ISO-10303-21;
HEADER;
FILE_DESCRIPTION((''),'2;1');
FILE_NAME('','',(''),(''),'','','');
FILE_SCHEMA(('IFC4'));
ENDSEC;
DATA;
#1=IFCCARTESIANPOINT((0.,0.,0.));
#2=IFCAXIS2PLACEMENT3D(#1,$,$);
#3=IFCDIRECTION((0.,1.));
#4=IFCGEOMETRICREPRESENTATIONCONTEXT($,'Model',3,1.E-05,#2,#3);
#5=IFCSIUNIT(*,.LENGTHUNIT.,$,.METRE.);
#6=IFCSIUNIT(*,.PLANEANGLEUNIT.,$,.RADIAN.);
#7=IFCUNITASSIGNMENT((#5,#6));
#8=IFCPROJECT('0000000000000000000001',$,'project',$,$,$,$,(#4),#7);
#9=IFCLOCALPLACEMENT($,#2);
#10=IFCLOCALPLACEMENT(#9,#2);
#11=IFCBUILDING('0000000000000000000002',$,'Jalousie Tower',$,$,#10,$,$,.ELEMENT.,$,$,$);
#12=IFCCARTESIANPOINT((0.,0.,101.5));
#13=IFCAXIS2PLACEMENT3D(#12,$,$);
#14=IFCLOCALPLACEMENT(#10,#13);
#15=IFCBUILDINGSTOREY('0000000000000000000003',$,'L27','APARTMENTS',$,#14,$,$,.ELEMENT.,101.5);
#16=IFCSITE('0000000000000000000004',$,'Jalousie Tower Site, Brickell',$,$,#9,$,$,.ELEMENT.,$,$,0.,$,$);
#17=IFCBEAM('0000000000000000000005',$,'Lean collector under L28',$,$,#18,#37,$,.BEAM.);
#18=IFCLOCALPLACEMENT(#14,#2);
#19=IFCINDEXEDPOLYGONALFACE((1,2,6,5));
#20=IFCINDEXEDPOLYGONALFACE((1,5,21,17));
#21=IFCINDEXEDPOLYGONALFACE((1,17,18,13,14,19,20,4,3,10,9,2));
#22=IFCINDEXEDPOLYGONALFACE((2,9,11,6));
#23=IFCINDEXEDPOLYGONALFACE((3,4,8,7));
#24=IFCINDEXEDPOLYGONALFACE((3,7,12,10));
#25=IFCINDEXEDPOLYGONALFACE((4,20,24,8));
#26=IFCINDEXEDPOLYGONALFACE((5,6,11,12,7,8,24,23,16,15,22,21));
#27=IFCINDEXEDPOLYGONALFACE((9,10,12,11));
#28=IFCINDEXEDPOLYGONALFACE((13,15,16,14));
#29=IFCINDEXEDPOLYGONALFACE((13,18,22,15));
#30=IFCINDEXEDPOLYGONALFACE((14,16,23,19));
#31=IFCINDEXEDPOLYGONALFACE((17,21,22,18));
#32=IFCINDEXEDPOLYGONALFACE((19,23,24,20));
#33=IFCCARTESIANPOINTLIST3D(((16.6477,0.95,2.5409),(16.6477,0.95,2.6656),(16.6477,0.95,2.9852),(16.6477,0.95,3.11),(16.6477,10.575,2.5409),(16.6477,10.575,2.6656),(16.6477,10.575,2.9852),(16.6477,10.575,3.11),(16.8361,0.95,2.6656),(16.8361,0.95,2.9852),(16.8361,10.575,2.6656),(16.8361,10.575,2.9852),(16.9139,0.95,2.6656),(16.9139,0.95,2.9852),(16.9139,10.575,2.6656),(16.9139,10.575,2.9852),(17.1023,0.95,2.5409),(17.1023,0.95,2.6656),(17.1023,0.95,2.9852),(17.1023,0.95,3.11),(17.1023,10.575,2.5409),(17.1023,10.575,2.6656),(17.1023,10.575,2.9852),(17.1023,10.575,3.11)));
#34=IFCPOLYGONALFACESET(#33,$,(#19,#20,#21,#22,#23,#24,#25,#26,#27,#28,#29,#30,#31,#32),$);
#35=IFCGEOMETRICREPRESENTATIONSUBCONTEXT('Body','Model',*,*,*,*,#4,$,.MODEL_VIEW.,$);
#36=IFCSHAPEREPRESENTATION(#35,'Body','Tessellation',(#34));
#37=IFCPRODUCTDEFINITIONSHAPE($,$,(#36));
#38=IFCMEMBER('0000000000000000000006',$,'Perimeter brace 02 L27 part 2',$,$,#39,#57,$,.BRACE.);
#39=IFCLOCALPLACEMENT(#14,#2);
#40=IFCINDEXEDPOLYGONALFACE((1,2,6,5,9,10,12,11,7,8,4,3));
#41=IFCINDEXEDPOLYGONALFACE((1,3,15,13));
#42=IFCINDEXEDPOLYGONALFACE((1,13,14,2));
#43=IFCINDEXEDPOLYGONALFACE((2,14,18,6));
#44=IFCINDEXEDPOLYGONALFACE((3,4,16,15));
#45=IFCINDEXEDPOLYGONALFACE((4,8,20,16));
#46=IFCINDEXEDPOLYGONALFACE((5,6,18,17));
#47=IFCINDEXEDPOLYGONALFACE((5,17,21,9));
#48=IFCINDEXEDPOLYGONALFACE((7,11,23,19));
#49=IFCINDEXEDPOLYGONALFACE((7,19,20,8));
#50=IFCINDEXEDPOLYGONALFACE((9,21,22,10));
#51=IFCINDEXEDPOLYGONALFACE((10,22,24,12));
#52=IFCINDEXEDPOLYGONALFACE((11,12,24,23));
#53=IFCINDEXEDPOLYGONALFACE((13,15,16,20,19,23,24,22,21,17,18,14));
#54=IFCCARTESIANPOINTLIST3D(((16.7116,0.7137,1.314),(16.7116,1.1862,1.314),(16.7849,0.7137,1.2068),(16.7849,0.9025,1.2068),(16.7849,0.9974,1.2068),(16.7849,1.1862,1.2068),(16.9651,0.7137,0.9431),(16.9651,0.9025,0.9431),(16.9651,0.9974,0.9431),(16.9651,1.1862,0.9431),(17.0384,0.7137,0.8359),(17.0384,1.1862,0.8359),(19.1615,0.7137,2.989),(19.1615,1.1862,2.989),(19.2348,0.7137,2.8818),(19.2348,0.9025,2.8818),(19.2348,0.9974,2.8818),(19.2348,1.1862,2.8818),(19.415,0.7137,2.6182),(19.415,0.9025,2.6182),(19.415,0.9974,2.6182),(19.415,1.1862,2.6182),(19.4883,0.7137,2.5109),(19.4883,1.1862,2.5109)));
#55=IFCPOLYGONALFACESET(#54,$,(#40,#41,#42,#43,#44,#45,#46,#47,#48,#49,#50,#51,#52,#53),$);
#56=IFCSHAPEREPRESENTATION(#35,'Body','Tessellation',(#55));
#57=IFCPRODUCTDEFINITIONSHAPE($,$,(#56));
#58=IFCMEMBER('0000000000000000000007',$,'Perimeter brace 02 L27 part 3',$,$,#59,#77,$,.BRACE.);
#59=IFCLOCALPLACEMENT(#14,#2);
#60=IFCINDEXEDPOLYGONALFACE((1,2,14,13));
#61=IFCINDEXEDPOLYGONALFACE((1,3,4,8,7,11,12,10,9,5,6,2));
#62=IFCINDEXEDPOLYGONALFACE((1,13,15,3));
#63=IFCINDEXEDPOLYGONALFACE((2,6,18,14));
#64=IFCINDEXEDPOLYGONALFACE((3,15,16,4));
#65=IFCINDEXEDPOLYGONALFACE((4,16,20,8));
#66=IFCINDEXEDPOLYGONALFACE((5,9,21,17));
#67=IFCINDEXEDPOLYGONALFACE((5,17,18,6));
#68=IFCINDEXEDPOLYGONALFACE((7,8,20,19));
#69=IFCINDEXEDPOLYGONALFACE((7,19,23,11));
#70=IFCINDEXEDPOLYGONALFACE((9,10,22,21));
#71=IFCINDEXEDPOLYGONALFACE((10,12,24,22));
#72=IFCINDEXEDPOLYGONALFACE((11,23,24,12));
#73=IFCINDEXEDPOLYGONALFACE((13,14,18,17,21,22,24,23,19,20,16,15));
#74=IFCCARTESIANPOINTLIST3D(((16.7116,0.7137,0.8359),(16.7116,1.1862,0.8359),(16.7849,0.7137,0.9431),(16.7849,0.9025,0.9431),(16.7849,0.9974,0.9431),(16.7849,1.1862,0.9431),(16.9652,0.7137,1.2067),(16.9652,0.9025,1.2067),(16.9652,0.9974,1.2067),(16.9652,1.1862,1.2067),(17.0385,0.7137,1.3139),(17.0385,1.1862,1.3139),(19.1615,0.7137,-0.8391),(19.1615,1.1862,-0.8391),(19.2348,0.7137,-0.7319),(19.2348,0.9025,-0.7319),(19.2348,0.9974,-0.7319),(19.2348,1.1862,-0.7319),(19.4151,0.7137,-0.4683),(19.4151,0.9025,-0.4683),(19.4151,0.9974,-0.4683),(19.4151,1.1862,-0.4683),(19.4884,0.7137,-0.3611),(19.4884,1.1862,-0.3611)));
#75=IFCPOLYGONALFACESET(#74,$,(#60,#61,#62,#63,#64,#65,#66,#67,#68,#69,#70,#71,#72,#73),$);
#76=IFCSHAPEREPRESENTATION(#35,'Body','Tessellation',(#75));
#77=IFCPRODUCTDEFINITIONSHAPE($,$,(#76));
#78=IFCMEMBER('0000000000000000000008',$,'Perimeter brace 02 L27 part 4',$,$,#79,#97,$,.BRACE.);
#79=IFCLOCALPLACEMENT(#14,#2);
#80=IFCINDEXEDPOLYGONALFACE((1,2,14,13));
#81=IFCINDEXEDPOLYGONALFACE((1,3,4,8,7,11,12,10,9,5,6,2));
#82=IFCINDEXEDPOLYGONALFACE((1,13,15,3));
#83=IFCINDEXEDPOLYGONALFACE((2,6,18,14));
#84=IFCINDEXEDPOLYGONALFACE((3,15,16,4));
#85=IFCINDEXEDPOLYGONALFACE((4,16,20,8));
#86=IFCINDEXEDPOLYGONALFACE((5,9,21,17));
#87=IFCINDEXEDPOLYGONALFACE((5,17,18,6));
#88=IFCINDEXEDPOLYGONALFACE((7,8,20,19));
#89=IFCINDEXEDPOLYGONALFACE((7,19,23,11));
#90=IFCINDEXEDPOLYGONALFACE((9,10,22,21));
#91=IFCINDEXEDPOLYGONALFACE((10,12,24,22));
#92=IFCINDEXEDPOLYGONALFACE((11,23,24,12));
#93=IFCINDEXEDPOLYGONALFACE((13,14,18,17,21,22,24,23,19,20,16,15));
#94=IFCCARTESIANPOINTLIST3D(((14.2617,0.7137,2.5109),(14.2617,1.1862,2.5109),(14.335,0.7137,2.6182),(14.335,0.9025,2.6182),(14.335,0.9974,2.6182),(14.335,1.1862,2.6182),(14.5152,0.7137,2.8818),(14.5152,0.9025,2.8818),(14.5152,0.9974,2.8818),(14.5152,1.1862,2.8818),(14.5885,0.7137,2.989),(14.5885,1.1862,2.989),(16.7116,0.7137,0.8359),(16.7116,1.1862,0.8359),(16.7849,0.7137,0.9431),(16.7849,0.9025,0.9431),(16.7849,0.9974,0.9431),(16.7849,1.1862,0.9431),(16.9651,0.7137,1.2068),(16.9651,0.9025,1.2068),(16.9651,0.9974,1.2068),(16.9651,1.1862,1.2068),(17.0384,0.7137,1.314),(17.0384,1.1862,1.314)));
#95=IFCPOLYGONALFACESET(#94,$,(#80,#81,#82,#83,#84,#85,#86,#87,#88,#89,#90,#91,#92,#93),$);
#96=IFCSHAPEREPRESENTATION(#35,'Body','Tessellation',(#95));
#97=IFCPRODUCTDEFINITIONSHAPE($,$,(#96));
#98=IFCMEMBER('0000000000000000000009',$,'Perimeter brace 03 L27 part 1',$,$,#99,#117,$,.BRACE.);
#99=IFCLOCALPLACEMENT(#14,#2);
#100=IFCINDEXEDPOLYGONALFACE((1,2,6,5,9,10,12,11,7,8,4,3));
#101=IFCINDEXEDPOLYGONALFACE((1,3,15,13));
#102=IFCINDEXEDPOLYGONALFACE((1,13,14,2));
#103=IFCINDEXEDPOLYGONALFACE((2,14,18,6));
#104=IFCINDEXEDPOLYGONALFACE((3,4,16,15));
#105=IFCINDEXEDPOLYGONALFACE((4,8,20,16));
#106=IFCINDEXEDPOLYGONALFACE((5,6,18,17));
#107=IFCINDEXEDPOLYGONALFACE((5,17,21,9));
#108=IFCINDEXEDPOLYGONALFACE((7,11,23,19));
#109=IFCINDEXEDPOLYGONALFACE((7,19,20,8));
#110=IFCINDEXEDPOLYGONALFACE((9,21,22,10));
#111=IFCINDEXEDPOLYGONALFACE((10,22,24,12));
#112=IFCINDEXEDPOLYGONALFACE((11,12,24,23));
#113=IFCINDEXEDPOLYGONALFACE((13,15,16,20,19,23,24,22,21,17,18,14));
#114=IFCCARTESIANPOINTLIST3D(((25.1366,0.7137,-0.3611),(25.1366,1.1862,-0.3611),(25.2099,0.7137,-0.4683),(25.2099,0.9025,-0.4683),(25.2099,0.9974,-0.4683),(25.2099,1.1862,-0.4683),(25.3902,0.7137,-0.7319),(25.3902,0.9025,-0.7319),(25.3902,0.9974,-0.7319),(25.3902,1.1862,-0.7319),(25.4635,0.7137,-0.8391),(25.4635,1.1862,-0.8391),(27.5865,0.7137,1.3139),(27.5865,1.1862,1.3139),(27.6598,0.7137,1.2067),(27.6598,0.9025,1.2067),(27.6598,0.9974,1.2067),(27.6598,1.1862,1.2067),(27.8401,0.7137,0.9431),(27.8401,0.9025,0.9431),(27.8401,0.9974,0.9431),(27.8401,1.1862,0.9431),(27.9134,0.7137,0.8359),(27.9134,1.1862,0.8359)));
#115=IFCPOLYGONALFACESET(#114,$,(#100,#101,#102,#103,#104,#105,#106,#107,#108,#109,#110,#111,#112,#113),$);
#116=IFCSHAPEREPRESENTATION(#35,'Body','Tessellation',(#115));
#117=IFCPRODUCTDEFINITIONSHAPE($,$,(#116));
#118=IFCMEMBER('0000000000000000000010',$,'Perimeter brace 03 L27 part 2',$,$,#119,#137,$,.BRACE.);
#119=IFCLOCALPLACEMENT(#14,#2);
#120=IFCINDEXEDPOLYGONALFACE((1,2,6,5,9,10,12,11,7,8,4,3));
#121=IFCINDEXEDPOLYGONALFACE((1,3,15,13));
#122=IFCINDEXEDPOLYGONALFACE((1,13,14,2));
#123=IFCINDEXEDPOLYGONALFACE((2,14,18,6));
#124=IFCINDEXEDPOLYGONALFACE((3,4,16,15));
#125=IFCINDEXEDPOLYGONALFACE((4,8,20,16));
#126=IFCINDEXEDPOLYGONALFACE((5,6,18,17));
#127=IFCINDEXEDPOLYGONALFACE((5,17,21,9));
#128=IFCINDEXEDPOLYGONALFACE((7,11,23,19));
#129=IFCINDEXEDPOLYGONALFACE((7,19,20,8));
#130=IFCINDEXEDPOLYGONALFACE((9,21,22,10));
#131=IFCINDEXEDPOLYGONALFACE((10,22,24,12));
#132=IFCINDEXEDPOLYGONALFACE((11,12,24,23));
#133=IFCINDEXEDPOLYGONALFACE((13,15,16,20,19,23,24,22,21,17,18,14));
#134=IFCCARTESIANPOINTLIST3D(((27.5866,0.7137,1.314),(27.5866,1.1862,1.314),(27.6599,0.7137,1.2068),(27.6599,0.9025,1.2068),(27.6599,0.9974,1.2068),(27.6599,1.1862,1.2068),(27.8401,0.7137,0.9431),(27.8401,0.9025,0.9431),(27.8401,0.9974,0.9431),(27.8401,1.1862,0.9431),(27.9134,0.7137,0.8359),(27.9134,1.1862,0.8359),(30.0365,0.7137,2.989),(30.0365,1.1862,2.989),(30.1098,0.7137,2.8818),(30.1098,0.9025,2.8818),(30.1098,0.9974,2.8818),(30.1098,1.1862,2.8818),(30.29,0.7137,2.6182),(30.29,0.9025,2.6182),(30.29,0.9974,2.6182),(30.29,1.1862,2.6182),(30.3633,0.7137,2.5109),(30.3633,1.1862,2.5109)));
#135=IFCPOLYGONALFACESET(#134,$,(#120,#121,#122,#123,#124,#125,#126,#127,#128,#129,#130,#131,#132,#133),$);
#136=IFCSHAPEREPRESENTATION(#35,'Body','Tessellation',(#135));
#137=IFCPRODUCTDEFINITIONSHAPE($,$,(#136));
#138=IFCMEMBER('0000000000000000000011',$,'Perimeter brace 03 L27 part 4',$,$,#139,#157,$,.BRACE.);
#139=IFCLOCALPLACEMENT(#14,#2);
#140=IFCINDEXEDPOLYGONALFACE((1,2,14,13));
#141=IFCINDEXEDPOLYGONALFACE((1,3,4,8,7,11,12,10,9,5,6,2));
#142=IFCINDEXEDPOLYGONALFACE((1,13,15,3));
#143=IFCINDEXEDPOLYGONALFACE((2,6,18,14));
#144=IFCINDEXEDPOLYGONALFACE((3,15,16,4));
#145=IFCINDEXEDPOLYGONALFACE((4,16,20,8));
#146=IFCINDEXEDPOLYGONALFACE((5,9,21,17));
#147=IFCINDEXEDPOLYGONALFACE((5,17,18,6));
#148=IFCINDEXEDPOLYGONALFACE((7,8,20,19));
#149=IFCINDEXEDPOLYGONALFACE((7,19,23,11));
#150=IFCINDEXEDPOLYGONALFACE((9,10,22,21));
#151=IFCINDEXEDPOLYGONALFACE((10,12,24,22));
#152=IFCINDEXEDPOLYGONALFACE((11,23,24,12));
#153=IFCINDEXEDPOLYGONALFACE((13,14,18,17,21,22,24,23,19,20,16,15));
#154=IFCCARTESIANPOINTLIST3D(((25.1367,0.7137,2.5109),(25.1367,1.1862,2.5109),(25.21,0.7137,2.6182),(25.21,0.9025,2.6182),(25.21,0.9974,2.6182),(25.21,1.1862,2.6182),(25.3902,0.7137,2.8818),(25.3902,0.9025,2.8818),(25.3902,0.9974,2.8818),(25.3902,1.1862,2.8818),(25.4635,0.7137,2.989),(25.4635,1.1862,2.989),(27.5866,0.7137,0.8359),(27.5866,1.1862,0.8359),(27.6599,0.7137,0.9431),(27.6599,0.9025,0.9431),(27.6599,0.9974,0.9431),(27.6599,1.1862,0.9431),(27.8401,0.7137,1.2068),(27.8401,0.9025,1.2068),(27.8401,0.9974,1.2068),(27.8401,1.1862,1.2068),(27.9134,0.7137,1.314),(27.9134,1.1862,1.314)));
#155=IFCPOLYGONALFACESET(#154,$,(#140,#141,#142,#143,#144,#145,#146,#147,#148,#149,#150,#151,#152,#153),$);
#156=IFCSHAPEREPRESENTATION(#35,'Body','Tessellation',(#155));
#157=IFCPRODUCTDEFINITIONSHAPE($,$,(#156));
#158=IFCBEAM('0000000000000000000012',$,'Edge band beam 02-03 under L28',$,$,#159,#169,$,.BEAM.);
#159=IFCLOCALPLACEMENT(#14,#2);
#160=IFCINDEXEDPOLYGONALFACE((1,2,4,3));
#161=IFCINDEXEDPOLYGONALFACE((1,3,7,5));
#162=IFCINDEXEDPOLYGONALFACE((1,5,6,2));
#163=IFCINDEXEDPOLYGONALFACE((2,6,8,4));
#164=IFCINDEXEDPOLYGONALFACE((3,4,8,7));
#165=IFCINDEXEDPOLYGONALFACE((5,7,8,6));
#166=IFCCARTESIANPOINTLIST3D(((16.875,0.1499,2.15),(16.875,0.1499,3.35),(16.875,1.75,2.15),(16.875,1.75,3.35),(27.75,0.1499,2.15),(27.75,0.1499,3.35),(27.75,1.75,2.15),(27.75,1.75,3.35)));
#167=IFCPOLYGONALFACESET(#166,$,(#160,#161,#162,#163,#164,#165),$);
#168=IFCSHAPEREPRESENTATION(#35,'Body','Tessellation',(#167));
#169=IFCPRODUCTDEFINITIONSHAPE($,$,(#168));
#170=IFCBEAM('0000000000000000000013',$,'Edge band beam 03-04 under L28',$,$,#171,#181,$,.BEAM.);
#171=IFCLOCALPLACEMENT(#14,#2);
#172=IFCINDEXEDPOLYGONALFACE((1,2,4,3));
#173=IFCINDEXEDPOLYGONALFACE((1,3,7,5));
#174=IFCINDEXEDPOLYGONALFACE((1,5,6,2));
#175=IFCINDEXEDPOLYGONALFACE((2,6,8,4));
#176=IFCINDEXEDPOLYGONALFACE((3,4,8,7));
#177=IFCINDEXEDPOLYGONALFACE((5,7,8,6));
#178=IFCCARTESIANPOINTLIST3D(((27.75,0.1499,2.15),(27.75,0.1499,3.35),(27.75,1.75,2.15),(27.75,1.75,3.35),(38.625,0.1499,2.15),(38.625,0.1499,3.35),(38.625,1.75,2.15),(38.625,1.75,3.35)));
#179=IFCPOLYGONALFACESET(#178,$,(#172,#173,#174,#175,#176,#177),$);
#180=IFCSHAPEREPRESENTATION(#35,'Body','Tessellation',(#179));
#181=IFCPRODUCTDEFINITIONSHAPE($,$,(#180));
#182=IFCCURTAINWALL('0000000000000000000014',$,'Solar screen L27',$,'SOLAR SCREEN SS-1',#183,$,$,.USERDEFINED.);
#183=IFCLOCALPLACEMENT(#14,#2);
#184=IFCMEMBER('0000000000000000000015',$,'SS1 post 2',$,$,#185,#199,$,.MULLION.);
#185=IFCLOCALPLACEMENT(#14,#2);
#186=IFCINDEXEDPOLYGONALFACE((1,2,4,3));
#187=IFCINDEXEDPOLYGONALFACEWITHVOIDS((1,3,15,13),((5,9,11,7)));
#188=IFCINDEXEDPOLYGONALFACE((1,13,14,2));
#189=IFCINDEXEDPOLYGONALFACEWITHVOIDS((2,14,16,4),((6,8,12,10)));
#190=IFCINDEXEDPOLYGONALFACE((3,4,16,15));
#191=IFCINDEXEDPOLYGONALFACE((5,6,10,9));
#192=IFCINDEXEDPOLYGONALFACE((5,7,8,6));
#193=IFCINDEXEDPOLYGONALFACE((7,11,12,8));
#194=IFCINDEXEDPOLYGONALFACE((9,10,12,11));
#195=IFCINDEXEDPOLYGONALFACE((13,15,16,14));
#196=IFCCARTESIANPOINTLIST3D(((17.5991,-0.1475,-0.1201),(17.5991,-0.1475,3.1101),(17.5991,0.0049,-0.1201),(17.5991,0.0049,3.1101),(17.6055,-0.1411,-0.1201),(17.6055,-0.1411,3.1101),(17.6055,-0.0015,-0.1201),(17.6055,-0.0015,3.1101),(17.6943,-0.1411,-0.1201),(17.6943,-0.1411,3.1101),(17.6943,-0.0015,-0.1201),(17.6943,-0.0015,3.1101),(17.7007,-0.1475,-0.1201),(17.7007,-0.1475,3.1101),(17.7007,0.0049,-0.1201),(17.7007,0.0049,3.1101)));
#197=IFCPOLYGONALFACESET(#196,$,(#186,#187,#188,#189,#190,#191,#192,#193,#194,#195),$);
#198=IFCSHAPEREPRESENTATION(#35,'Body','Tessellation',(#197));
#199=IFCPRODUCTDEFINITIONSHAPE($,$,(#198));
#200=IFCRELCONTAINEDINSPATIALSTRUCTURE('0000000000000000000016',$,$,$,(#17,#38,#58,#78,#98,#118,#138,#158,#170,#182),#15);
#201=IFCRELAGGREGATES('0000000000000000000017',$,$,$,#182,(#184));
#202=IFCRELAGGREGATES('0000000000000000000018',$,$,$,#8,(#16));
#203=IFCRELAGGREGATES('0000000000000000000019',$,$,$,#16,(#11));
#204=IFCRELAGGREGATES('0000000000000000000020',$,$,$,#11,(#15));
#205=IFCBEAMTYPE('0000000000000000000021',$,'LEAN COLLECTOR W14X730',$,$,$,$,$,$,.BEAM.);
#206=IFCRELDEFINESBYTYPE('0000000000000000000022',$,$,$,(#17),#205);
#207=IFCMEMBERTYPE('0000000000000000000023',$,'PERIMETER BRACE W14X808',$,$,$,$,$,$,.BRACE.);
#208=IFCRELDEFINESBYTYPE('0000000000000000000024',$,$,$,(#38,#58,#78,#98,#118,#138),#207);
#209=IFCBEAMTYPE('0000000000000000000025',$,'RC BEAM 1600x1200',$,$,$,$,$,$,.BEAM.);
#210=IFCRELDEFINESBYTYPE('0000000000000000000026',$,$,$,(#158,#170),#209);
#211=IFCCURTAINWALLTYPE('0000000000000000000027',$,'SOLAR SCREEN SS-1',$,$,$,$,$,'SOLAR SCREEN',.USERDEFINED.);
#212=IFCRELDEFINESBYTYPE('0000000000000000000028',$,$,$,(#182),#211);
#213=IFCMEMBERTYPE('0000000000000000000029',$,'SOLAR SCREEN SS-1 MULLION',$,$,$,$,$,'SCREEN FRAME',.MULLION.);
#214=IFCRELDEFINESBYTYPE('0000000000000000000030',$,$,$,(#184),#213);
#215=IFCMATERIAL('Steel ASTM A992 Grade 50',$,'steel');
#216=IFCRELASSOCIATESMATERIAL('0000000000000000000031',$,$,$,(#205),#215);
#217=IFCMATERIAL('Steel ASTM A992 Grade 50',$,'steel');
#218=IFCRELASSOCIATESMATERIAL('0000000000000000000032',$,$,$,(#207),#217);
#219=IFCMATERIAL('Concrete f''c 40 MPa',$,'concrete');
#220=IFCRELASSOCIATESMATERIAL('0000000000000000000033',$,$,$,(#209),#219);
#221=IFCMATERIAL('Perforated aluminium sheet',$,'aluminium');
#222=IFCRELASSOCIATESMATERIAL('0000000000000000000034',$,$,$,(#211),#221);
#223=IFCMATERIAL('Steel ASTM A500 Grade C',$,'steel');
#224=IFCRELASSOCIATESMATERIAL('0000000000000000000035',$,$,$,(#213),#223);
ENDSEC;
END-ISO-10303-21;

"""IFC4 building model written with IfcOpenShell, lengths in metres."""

from ifc_helpers import new_model, si_unit, direction, frame, origin, origin_2d, place, context, subcontext, project, spatial, rectangle, hollow_rectangle, i_section, extrude, material, material_profile, profile_set, type_object, element, aggregate, save


model = new_model("IFC4")

# Units and contexts
model_context = context("Model", 3, precision=1e-05, world=origin(), true_north=direction((0.0, 1.0)))
body_context = subcontext(model_context, "Body", "Model", "MODEL_VIEW")
ifc_project = project(units=[si_unit("LENGTHUNIT", "METRE"), si_unit("PLANEANGLEUNIT", "RADIAN")], contexts=[model_context])

# Site, building, storey
site_placement = place(None, origin())
site = spatial("IfcSite", under=ifc_project, at=site_placement, Name="Jalousie Tower Site, Brickell", CompositionType="ELEMENT", RefElevation=0.0)
building_placement = place(site_placement, origin())
building = spatial("IfcBuilding", under=site, at=building_placement, Name="Jalousie Tower", CompositionType="ELEMENT")
storey_placement = place(building_placement, frame((0.0, 0.0, 101.5)))
storey = spatial("IfcBuildingStorey", under=building, at=storey_placement, Name="L27", Description="APARTMENTS", CompositionType="ELEMENT", Elevation=101.5)

# Beam
ifc_material_1 = material(Name="Steel ASTM A992 Grade 50", Category="steel")
ifc_material_profile_1 = material_profile(ifc_material_1, i_section(OverallWidth=0.4546, OverallDepth=0.5691, WebThickness=0.0779, FlangeThickness=0.1248, at=origin_2d()), Name="W14X730")
ifc_profile_set_1 = profile_set([ifc_material_profile_1], Name="Steel ASTM A992 Grade 50")
beam_type_1 = type_object("IfcBeamType", Name="LEAN COLLECTOR W14X730", PredefinedType="BEAM", material=ifc_profile_set_1)
beam_placement = place(storey_placement, frame((16.875, 0.95, 2.8254), z_axis=(0.0, 1.0, 0.0), x_axis=(-1.0, 0.0, 0.0)))
element("IfcBeam", 1, at=beam_placement, inside=storey, type_object=beam_type_1, Name="Lean collector under L28", PredefinedType="BEAM", context=body_context, shape_type="SweptSolid", body=[
    extrude(i_section(OverallWidth=0.4546, OverallDepth=0.5691, WebThickness=0.0779, FlangeThickness=0.1248, at=origin_2d()), origin(), (0.0, 0.0, 1.0), 9.625),
])

# Members
ifc_material_2 = material(Name="Steel ASTM A992 Grade 50", Category="steel")
ifc_material_profile_2 = material_profile(ifc_material_2, i_section(OverallWidth=0.4724, OverallDepth=0.5791, WebThickness=0.095, FlangeThickness=0.1299, at=origin_2d()), Name="W14X808")
ifc_profile_set_2 = profile_set([ifc_material_profile_2], Name="Steel ASTM A992 Grade 50")
member_type_1 = type_object("IfcMemberType", Name="PERIMETER BRACE W14X808", PredefinedType="BRACE", material=ifc_profile_set_2)
for number, where, z_axis, x_axis, name in (
    (2, (16.875, 0.95, 1.075), (0.825501, 0.0, 0.564401), (0.0, 1.0, 0.0), "Perimeter brace 02 L27 part 2"),
    (3, (19.325, 0.95, -0.6001), (-0.825501, 0.0, 0.564401), (0.0, -1.0, 0.0), "Perimeter brace 02 L27 part 3"),
    (4, (16.875, 0.95, 1.075), (-0.825501, 0.0, 0.564401), (0.0, -1.0, 0.0), "Perimeter brace 02 L27 part 4"),
    (5, (25.3, 0.95, -0.6001), (0.825501, 0.0, 0.564401), (0.0, 1.0, 0.0), "Perimeter brace 03 L27 part 1"),
    (6, (27.75, 0.95, 1.075), (0.825501, 0.0, 0.564401), (0.0, 1.0, 0.0), "Perimeter brace 03 L27 part 2"),
    (7, (27.75, 0.95, 1.075), (-0.825501, 0.0, 0.564401), (0.0, -1.0, 0.0), "Perimeter brace 03 L27 part 4"),
):
    element("IfcMember", number, at=place(storey_placement, frame(where, z_axis=z_axis, x_axis=x_axis)), inside=storey, type_object=member_type_1, Name=name, PredefinedType="BRACE", context=body_context, shape_type="SweptSolid", body=[
        extrude(i_section(OverallWidth=0.4724, OverallDepth=0.5791, WebThickness=0.095, FlangeThickness=0.1299, at=origin_2d()), origin(), (0.0, 0.0, 1.0), 2.9678),
    ])

# Beams
ifc_material_3 = material(Name="Concrete f'c 40 MPa", Category="concrete")
ifc_material_profile_3 = material_profile(ifc_material_3, rectangle(XDim=1.6001, YDim=1.2, at=origin_2d()), Name="RC 1600x1200")
ifc_profile_set_3 = profile_set([ifc_material_profile_3], Name="Concrete f'c 40 MPa")
beam_type_2 = type_object("IfcBeamType", Name="RC BEAM 1600x1200", PredefinedType="BEAM", material=ifc_profile_set_3)
for number, where, z_axis, x_axis, name in (
    (8, (16.875, 0.95, 2.75), (1.0, 0.0, 0.0), (0.0, 1.0, 0.0), "Edge band beam 02-03 under L28"),
    (9, (27.75, 0.95, 2.75), (1.0, 0.0, 0.0), (0.0, 1.0, 0.0), "Edge band beam 03-04 under L28"),
):
    element("IfcBeam", number, at=place(storey_placement, frame(where, z_axis=z_axis, x_axis=x_axis)), inside=storey, type_object=beam_type_2, Name=name, PredefinedType="BEAM", context=body_context, shape_type="SweptSolid", body=[
        extrude(rectangle(XDim=1.6001, YDim=1.2, at=origin_2d()), origin(), (0.0, 0.0, 1.0), 10.875),
    ])

# Curtain wall, member
ifc_material_4 = material(Name="Perforated aluminium sheet", Category="aluminium")
curtain_wall_type = type_object("IfcCurtainWallType", Name="SOLAR SCREEN SS-1", ElementType="SOLAR SCREEN", PredefinedType="USERDEFINED", material=ifc_material_4)
curtain_wall_1_placement = place(storey_placement, origin())
curtain_wall_1 = element("IfcCurtainWall", 10, at=curtain_wall_1_placement, inside=storey, type_object=curtain_wall_type, Name="Solar screen L27", ObjectType="SOLAR SCREEN SS-1", PredefinedType="USERDEFINED")
ifc_material_5 = material(Name="Steel ASTM A500 Grade C", Category="steel")
ifc_material_profile_4 = material_profile(ifc_material_5, hollow_rectangle(XDim=0.1016, YDim=0.1523, WallThickness=0.0063, at=origin_2d()), Name="HSS6X4X1/4")
ifc_profile_set_4 = profile_set([ifc_material_profile_4], Name="Steel ASTM A500 Grade C")
member_type_2 = type_object("IfcMemberType", Name="SOLAR SCREEN SS-1 MULLION", ElementType="SCREEN FRAME", PredefinedType="MULLION", material=ifc_profile_set_4)
member_1_placement = place(storey_placement, frame((17.6499, -0.0713, -0.1201), z_axis=(0.0, 0.0, 1.0), x_axis=(1.0, 0.0, 0.0)))
member_1 = element("IfcMember", 11, at=member_1_placement, type_object=member_type_2, Name="SS1 post 2", PredefinedType="MULLION", context=body_context, shape_type="SweptSolid", body=[
    extrude(hollow_rectangle(XDim=0.1016, YDim=0.1523, WallThickness=0.0063, at=origin_2d()), origin(), (0.0, 0.0, 1.0), 3.2302),
])
aggregate(curtain_wall_1, [member_1])

save(model, "model.ifc")
